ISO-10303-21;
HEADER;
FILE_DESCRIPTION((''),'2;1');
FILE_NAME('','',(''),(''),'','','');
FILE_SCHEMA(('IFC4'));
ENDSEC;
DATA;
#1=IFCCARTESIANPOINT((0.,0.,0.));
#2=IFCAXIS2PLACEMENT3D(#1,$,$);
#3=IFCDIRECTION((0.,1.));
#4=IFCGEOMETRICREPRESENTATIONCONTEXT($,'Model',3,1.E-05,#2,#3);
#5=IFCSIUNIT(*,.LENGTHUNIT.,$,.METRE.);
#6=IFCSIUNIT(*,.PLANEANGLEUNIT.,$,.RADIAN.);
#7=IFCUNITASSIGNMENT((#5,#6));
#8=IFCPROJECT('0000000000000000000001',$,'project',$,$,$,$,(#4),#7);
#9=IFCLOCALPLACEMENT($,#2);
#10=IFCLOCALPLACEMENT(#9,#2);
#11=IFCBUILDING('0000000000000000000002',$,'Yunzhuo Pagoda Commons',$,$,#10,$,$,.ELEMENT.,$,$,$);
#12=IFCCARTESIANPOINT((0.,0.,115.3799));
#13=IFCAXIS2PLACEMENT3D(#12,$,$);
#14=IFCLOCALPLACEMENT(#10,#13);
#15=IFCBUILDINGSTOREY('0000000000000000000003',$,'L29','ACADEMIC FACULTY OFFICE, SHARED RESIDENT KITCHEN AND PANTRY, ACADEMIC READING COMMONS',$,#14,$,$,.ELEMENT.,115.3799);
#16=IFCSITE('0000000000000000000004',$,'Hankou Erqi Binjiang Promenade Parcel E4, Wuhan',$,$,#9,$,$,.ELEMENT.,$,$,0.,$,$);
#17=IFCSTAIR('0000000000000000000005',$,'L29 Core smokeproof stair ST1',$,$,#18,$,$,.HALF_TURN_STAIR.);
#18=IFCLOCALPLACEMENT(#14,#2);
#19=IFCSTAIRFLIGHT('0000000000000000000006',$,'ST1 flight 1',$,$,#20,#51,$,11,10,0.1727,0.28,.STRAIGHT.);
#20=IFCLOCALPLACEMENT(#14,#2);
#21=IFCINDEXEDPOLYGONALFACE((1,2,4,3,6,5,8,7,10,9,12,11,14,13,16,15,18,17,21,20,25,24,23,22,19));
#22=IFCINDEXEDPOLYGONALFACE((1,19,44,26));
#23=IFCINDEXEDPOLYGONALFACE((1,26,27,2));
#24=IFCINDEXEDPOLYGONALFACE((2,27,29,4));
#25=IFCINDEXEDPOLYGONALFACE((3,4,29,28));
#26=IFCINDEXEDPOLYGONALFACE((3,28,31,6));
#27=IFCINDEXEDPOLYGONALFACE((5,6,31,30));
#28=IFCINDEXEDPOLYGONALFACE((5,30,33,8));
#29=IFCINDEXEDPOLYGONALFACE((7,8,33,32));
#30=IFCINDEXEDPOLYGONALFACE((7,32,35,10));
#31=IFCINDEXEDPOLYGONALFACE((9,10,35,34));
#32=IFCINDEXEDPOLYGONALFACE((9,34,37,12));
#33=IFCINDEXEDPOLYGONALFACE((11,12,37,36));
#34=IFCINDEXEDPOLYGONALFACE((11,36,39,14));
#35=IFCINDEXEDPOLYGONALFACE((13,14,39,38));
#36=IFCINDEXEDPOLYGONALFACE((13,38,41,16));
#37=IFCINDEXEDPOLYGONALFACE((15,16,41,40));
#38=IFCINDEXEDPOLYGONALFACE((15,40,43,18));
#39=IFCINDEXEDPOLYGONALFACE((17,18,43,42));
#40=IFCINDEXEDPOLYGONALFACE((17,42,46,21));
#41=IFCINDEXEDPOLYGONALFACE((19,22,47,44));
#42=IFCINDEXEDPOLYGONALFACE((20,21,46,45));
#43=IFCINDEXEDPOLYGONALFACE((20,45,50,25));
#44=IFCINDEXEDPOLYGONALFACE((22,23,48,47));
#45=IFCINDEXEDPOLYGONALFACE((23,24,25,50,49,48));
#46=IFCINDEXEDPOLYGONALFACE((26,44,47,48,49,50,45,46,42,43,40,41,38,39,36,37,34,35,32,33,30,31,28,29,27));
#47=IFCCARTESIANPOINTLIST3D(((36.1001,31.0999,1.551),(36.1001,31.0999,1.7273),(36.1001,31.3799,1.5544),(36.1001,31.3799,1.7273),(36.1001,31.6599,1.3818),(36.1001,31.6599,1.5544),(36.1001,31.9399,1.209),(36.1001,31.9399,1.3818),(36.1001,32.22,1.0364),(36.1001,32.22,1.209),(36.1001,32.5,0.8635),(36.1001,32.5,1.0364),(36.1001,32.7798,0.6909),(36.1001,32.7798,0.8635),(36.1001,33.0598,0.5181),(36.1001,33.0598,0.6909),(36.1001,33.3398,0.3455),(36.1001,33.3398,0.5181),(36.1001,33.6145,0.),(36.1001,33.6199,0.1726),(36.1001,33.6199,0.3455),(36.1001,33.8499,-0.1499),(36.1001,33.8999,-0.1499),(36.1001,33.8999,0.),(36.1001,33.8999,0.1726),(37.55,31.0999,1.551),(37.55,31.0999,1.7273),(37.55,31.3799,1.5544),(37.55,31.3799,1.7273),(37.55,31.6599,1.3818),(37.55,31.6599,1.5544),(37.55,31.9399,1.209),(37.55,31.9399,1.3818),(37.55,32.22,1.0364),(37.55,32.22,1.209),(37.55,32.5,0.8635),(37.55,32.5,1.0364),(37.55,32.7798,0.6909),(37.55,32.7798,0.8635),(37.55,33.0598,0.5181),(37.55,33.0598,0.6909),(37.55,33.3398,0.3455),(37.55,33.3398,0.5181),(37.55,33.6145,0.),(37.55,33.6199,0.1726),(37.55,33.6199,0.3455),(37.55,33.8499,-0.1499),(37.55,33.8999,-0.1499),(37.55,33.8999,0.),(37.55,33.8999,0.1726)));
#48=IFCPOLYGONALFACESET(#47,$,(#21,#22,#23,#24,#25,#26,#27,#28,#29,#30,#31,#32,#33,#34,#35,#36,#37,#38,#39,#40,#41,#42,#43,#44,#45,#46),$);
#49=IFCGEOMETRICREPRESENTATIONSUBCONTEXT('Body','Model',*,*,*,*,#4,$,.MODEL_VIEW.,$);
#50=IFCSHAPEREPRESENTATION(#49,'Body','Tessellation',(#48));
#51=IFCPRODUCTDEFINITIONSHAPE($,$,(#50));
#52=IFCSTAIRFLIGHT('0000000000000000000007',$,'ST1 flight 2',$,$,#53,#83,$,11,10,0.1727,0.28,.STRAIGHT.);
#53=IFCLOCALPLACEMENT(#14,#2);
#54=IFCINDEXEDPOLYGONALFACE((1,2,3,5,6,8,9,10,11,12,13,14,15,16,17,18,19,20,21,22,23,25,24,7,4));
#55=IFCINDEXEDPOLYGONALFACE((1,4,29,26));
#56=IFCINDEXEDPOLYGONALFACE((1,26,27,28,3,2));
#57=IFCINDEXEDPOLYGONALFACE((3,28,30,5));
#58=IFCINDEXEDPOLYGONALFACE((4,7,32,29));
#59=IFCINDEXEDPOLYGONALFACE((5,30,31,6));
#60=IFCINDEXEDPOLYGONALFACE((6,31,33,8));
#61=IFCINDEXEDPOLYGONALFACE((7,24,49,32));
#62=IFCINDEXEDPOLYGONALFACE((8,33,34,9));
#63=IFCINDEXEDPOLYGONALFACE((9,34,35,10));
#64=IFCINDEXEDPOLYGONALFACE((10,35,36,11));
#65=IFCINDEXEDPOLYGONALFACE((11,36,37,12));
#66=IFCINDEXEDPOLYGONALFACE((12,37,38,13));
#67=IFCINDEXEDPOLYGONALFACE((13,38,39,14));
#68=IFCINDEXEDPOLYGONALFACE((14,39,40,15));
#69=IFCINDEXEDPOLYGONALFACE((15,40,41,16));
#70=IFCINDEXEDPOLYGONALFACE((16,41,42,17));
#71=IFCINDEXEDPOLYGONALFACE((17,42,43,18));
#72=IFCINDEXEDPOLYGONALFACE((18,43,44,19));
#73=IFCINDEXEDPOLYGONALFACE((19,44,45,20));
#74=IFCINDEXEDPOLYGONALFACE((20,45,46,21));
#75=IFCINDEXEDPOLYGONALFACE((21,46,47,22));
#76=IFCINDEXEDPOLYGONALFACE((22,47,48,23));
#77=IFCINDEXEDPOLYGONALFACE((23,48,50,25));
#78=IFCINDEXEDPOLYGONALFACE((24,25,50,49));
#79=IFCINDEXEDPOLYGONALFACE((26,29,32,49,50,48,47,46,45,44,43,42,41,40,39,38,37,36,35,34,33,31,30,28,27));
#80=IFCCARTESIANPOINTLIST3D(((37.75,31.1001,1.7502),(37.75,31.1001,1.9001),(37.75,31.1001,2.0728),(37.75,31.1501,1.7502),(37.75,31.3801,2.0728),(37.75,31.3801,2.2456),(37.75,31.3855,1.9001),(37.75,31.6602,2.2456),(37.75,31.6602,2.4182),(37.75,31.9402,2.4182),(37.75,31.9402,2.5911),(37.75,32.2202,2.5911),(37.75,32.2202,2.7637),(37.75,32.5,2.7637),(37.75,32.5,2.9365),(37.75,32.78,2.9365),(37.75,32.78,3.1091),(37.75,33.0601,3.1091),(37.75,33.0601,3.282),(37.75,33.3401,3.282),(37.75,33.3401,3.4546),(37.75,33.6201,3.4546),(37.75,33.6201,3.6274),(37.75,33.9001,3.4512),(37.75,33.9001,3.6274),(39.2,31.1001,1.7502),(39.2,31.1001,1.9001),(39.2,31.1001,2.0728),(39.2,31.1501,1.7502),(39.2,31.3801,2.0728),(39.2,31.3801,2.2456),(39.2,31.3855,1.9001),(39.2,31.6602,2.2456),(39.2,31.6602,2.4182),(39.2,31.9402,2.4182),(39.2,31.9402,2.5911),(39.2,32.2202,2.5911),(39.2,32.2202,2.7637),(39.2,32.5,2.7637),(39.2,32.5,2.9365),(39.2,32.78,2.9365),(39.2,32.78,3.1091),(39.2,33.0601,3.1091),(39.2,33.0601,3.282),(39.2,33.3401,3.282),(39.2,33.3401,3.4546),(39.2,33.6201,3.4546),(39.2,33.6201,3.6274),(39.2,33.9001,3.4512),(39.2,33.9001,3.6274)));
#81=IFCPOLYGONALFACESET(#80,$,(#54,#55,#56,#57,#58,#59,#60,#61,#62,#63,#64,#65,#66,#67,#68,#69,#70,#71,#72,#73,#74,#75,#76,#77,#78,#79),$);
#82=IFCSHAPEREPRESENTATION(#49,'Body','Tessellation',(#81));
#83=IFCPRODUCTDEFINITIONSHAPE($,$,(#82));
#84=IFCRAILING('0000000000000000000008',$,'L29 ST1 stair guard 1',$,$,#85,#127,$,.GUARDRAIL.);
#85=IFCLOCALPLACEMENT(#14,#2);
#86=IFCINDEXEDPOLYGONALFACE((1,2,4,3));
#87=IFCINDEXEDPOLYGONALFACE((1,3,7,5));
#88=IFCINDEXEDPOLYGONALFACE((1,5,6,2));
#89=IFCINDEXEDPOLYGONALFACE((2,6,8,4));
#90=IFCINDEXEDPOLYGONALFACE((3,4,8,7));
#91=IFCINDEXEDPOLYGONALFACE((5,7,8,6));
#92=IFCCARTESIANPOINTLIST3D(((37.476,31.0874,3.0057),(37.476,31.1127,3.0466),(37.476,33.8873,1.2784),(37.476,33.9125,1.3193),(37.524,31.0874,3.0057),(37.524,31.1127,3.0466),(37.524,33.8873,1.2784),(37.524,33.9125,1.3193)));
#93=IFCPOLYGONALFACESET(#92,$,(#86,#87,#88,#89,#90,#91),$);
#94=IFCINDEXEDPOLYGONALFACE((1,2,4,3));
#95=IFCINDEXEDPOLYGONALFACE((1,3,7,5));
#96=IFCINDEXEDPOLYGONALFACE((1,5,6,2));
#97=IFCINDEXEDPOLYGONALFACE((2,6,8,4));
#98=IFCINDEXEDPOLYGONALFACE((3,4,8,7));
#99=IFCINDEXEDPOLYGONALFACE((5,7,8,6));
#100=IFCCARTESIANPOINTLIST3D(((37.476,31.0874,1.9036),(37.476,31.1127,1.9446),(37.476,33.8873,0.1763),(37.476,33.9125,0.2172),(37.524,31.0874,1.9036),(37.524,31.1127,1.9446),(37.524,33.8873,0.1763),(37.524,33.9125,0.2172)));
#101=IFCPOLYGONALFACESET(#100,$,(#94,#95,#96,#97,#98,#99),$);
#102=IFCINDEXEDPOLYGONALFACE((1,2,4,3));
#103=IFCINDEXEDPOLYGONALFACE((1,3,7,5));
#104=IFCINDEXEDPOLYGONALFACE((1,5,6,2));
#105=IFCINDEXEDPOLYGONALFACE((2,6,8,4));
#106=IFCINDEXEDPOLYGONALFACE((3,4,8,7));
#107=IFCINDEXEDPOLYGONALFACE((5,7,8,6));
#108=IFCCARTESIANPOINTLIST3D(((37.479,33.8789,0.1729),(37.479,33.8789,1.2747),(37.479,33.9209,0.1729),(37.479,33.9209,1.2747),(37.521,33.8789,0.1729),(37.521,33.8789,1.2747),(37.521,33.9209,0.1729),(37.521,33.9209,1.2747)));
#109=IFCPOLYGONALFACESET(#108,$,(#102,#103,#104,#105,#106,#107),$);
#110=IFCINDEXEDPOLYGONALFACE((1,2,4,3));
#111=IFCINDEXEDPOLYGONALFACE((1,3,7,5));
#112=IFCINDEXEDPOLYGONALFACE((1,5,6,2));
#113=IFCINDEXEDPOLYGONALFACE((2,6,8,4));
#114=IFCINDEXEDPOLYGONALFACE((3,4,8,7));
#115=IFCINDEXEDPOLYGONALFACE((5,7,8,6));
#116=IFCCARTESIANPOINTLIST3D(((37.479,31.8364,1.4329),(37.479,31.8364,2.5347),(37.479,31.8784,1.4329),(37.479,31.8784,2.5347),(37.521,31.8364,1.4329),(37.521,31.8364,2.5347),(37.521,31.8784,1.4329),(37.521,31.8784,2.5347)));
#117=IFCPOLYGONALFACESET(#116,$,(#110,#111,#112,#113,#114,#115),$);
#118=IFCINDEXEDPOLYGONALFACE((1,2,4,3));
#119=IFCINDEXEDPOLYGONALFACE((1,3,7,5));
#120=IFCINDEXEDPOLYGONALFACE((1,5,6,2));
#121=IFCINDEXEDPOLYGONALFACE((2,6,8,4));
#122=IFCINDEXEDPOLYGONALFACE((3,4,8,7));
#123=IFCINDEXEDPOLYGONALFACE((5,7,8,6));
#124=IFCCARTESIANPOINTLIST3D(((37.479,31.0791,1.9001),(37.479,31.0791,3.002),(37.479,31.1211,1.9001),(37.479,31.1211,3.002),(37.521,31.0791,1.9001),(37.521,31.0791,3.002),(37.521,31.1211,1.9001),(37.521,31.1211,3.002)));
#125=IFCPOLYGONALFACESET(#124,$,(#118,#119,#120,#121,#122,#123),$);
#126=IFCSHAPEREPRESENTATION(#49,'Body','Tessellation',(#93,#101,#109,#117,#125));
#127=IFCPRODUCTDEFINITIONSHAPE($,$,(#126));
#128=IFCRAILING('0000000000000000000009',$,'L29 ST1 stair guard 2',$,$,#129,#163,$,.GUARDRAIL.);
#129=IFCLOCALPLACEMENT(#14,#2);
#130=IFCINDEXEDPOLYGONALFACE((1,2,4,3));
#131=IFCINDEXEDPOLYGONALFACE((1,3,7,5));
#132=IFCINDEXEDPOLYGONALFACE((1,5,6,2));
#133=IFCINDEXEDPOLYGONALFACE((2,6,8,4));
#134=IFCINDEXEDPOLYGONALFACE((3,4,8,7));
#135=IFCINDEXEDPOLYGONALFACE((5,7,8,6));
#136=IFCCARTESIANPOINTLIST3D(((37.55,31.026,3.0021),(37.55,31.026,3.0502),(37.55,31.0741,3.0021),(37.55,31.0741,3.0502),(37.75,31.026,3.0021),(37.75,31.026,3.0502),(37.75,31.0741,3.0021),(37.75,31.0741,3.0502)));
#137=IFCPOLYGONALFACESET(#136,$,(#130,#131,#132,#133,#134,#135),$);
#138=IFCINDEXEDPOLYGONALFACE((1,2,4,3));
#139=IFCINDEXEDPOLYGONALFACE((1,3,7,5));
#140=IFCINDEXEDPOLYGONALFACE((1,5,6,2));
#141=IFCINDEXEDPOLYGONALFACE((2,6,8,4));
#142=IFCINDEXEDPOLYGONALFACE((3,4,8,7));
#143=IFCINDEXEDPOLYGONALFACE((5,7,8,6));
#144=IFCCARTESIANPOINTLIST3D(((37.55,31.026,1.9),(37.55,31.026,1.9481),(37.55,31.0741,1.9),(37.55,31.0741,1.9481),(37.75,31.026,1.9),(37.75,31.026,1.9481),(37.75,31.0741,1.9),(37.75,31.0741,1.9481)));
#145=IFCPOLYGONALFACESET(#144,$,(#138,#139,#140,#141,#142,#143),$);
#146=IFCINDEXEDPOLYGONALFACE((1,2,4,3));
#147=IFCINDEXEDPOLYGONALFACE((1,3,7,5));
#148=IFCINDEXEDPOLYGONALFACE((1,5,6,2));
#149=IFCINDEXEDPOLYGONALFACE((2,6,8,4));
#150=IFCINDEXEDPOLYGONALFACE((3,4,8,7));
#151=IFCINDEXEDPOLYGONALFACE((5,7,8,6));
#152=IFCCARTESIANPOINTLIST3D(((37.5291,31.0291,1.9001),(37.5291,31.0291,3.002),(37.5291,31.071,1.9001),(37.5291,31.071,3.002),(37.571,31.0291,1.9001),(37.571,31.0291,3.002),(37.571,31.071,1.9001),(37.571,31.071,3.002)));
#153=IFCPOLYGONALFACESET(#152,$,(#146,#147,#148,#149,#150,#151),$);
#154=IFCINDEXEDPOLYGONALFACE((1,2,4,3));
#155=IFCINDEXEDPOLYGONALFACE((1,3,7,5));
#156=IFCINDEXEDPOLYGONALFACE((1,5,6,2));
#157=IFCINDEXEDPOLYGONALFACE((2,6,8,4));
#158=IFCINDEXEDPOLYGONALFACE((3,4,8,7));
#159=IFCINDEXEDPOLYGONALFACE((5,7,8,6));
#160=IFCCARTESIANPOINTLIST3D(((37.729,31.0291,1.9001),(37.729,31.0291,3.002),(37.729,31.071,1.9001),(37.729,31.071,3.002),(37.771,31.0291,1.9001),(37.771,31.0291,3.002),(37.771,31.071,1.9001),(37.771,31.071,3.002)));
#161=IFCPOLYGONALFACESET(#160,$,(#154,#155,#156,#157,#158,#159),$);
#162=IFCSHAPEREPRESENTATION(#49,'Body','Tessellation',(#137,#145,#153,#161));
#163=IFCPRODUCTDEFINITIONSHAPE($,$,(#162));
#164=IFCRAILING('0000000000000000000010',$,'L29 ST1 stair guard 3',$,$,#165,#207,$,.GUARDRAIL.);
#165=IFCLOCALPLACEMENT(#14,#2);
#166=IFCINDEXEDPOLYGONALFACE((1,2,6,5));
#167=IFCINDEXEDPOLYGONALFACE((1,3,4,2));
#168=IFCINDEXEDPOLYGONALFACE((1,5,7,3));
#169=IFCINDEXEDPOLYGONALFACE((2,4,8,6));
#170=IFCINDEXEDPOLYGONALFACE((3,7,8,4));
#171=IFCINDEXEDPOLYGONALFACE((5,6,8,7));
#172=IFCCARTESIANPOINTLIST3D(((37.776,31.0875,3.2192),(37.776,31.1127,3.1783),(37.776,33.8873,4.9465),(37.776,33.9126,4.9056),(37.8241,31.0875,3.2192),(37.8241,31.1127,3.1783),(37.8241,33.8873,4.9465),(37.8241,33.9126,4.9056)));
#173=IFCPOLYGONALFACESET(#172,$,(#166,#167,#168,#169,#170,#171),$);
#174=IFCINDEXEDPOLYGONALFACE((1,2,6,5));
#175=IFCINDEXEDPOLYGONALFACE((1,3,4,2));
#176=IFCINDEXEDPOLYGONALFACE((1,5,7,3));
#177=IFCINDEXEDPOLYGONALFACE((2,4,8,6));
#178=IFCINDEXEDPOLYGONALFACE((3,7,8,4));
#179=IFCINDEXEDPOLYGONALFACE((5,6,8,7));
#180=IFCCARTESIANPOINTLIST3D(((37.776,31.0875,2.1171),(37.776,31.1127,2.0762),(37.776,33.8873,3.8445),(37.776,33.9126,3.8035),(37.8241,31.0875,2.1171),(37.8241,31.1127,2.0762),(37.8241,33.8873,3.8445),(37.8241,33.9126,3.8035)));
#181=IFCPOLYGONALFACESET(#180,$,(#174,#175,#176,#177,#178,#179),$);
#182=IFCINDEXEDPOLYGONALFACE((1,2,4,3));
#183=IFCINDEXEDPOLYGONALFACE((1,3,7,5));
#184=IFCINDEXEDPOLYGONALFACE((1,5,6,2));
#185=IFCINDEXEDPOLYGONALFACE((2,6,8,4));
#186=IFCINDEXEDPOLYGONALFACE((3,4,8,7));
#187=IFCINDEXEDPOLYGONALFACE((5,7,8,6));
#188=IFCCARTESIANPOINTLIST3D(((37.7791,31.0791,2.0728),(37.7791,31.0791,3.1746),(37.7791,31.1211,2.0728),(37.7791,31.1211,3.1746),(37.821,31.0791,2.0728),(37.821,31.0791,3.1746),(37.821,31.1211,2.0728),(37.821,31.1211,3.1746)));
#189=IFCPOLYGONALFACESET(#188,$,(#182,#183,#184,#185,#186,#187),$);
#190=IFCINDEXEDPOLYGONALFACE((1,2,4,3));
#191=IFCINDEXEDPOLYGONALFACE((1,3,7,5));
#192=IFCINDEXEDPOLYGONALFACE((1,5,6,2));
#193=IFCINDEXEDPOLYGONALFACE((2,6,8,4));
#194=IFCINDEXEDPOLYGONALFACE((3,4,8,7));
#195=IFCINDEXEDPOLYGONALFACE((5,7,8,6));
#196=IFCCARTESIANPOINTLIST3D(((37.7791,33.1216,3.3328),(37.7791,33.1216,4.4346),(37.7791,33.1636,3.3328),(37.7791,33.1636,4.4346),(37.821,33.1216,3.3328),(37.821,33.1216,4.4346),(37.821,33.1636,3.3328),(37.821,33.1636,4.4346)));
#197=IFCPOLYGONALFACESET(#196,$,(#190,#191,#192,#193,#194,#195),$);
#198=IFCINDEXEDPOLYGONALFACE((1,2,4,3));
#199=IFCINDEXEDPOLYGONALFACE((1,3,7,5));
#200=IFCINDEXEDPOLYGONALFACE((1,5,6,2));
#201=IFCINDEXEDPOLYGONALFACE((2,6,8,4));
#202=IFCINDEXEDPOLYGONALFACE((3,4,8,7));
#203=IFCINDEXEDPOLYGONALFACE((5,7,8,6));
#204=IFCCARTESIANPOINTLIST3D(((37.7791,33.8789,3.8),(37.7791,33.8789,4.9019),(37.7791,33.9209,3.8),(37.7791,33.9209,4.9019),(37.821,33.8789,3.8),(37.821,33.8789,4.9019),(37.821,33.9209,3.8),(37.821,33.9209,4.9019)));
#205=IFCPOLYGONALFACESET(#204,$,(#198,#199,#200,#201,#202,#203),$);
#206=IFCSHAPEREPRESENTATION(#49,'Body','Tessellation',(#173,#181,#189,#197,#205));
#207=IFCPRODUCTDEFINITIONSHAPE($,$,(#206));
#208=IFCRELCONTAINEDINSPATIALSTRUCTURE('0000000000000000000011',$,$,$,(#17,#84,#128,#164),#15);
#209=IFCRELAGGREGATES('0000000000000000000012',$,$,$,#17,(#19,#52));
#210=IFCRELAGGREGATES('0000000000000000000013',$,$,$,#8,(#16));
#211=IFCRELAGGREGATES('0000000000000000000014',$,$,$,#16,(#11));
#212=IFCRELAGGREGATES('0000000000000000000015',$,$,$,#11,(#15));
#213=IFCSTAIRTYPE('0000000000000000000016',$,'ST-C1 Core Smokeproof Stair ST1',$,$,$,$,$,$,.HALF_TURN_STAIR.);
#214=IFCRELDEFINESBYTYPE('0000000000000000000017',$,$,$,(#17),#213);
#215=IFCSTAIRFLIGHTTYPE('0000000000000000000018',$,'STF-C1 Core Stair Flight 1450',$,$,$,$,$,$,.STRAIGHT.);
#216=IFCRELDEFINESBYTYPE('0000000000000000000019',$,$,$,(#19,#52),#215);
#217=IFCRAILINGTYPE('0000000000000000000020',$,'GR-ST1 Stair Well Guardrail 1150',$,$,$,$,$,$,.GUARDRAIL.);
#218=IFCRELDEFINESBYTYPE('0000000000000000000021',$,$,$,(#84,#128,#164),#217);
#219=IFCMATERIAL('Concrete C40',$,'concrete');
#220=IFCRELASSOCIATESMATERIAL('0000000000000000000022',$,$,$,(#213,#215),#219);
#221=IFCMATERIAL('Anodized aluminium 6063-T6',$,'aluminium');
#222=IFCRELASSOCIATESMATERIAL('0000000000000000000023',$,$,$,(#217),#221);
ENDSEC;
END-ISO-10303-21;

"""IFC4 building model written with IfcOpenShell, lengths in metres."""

from ifc_helpers import new_model, si_unit, direction, frame, origin, origin_2d, place, context, subcontext, project, spatial, polyline, rectangle, outline, extrude, source, transform, mapped, material, type_object, element, aggregate, save


model = new_model("IFC4")

# Units and contexts
model_context = context("Model", 3, precision=1e-05, world=origin(), true_north=direction((0.0, 1.0)))
body_context = subcontext(model_context, "Body", "Model", "MODEL_VIEW")
ifc_project = project(units=[si_unit("LENGTHUNIT", "METRE"), si_unit("PLANEANGLEUNIT", "RADIAN")], contexts=[model_context])

# Site, building, storey
site_placement = place(None, origin())
site = spatial("IfcSite", under=ifc_project, at=site_placement, Name="Hankou Erqi Binjiang Promenade Parcel E4, Wuhan", CompositionType="ELEMENT", RefElevation=0.0)
building_placement = place(site_placement, origin())
building = spatial("IfcBuilding", under=site, at=building_placement, Name="Yunzhuo Pagoda Commons", CompositionType="ELEMENT")
storey_placement = place(building_placement, frame((0.0, 0.0, 115.3799)))
storey = spatial("IfcBuildingStorey", under=building, at=storey_placement, Name="L29", Description="ACADEMIC FACULTY OFFICE, SHARED RESIDENT KITCHEN AND PANTRY, ACADEMIC READING COMMONS", CompositionType="ELEMENT", Elevation=115.3799)

# Shared definitions
ifc_material_1 = material(Name="Concrete C40", Category="concrete")

# Stair, stair flights
stair_type = type_object("IfcStairType", Name="ST-C1 Core Smokeproof Stair ST1", PredefinedType="HALF_TURN_STAIR", material=ifc_material_1)
stair_placement = place(storey_placement, origin())
stair = element("IfcStair", 1, at=stair_placement, inside=storey, type_object=stair_type, Name="L29 Core smokeproof stair ST1", PredefinedType="HALF_TURN_STAIR")
stair_flight_type = type_object("IfcStairFlightType", Name="STF-C1 Core Stair Flight 1450", PredefinedType="STRAIGHT", material=ifc_material_1)
shared_shape_1 = source(origin(), body_context, "Body", "SweptSolid", [
    extrude(outline(polyline([(0.0, -0.1499), (0.0, 0.0), (0.0, 0.1726), (0.28, 0.1726), (0.28, 0.3455), (0.5601, 0.3455), (0.5601, 0.5181), (0.8401, 0.5181), (0.8401, 0.6909), (1.1201, 0.6909), (1.1201, 0.8635), (1.3999, 0.8635), (1.3999, 1.0364), (1.6799, 1.0364), (1.6799, 1.209), (1.96, 1.209), (1.96, 1.3818), (2.24, 1.3818), (2.24, 1.5544), (2.52, 1.5544), (2.52, 1.7273), (2.8, 1.7273), (2.8, 1.8999), (2.8, 1.551), (0.2854, 0.0), (0.05, -0.1499), (0.0, -0.1499)])), frame((0.0, 0.7251, 0.0), z_axis=(0.0, -1.0, 0.0), x_axis=(1.0, 0.0, 0.0)), (0.0, 0.0, 1.0), 1.45),
])
stair_flight_1_placement = place(storey_placement, frame((36.825, 33.8999, 0.0), z_axis=(0.0, 0.0, 1.0), x_axis=(0.0, -1.0, 0.0)))
stair_flight_1 = element("IfcStairFlight", 2, at=stair_flight_1_placement, type_object=stair_flight_type, Name="ST1 flight 1", NumberOfRisers=11, NumberOfTreads=10, PredefinedType="STRAIGHT", RiserHeight=0.1727, TreadLength=0.28, context=body_context, shape_type="MappedRepresentation", body=[
    mapped(shared_shape_1, transform((0.0, 0.0, 0.0), scale=1.0)),
])
stair_flight_2_placement = place(storey_placement, frame((38.4751, 31.1001, 1.9001), z_axis=(0.0, 0.0, 1.0), x_axis=(0.0, 1.0, 0.0)))
stair_flight_2 = element("IfcStairFlight", 3, at=stair_flight_2_placement, type_object=stair_flight_type, Name="ST1 flight 2", NumberOfRisers=11, NumberOfTreads=10, PredefinedType="STRAIGHT", RiserHeight=0.1727, TreadLength=0.28, context=body_context, shape_type="MappedRepresentation", body=[
    mapped(shared_shape_1, transform((0.0, 0.0, 0.0), scale=1.0)),
])
aggregate(stair, [stair_flight_1, stair_flight_2])

# Railings
ifc_material_2 = material(Name="Anodized aluminium 6063-T6", Category="aluminium")
railing_type_1 = type_object("IfcRailingType", Name="GR-ST1 Stair Well Guardrail 1150", PredefinedType="GUARDRAIL", material=ifc_material_2)
railing_1_placement = place(storey_placement, frame((37.5, 33.8999, 0.1729)))
element("IfcRailing", 4, at=railing_1_placement, inside=storey, type_object=railing_type_1, Name="L29 ST1 stair guard 1", PredefinedType="GUARDRAIL", context=body_context, shape_type="SweptSolid", body=[
    extrude(rectangle(XDim=0.0481, YDim=0.0481, at=origin_2d()), frame((0.0, 0.0, 1.126), z_axis=(0.0, -0.851069, 0.525054), x_axis=(1.0, 0.0, 0.0)), (0.0, 0.0, 1.0), 3.2898),
    extrude(rectangle(XDim=0.0481, YDim=0.0481, at=origin_2d()), frame((0.0, 0.0, 0.0239), z_axis=(0.0, -0.851069, 0.525054), x_axis=(1.0, 0.0, 0.0)), (0.0, 0.0, 1.0), 3.2898),
    extrude(rectangle(XDim=0.042, YDim=0.042, at=origin_2d()), origin(), (0.0, 0.0, 1.0), 1.1018),
    extrude(rectangle(XDim=0.042, YDim=0.042, at=origin_2d()), frame((0.0, -2.0425, 1.26)), (0.0, 0.0, 1.0), 1.1018),
    extrude(rectangle(XDim=0.042, YDim=0.042, at=origin_2d()), frame((0.0, -2.7998, 1.7273)), (0.0, 0.0, 1.0), 1.1018),
])
railing_2_placement = place(storey_placement, frame((37.55, 31.05, 1.9001)))
element("IfcRailing", 5, at=railing_2_placement, inside=storey, type_object=railing_type_1, Name="L29 ST1 stair guard 2", PredefinedType="GUARDRAIL", context=body_context, shape_type="SweptSolid", body=[
    extrude(rectangle(XDim=0.0481, YDim=0.0481, at=origin_2d()), frame((0.0, 0.0, 1.126), z_axis=(1.0, 0.0, 0.0), x_axis=(0.0, 1.0, 0.0)), (0.0, 0.0, 1.0), 0.2),
    extrude(rectangle(XDim=0.0481, YDim=0.0481, at=origin_2d()), frame((0.0, 0.0, 0.0239), z_axis=(1.0, 0.0, 0.0), x_axis=(0.0, 1.0, 0.0)), (0.0, 0.0, 1.0), 0.2),
    extrude(rectangle(XDim=0.042, YDim=0.042, at=origin_2d()), origin(), (0.0, 0.0, 1.0), 1.1018),
    extrude(rectangle(XDim=0.042, YDim=0.042, at=origin_2d()), frame((0.2, 0.0, 0.0)), (0.0, 0.0, 1.0), 1.1018),
])
railing_3_placement = place(storey_placement, frame((37.8, 31.1001, 2.0728)))
element("IfcRailing", 6, at=railing_3_placement, inside=storey, type_object=railing_type_1, Name="L29 ST1 stair guard 3", PredefinedType="GUARDRAIL", context=body_context, shape_type="SweptSolid", body=[
    extrude(rectangle(XDim=0.0481, YDim=0.0481, at=origin_2d()), frame((0.0, 0.0, 1.126), z_axis=(0.0, 0.851069, 0.525054), x_axis=(-1.0, 0.0, 0.0)), (0.0, 0.0, 1.0), 3.2898),
    extrude(rectangle(XDim=0.0481, YDim=0.0481, at=origin_2d()), frame((0.0, 0.0, 0.0239), z_axis=(0.0, 0.851069, 0.525054), x_axis=(-1.0, 0.0, 0.0)), (0.0, 0.0, 1.0), 3.2898),
    extrude(rectangle(XDim=0.042, YDim=0.042, at=origin_2d()), origin(), (0.0, 0.0, 1.0), 1.1018),
    extrude(rectangle(XDim=0.042, YDim=0.042, at=origin_2d()), frame((0.0, 2.0425, 1.26)), (0.0, 0.0, 1.0), 1.1018),
    extrude(rectangle(XDim=0.042, YDim=0.042, at=origin_2d()), frame((0.0, 2.7998, 1.7273)), (0.0, 0.0, 1.0), 1.1018),
])

save(model, "model.ifc")
